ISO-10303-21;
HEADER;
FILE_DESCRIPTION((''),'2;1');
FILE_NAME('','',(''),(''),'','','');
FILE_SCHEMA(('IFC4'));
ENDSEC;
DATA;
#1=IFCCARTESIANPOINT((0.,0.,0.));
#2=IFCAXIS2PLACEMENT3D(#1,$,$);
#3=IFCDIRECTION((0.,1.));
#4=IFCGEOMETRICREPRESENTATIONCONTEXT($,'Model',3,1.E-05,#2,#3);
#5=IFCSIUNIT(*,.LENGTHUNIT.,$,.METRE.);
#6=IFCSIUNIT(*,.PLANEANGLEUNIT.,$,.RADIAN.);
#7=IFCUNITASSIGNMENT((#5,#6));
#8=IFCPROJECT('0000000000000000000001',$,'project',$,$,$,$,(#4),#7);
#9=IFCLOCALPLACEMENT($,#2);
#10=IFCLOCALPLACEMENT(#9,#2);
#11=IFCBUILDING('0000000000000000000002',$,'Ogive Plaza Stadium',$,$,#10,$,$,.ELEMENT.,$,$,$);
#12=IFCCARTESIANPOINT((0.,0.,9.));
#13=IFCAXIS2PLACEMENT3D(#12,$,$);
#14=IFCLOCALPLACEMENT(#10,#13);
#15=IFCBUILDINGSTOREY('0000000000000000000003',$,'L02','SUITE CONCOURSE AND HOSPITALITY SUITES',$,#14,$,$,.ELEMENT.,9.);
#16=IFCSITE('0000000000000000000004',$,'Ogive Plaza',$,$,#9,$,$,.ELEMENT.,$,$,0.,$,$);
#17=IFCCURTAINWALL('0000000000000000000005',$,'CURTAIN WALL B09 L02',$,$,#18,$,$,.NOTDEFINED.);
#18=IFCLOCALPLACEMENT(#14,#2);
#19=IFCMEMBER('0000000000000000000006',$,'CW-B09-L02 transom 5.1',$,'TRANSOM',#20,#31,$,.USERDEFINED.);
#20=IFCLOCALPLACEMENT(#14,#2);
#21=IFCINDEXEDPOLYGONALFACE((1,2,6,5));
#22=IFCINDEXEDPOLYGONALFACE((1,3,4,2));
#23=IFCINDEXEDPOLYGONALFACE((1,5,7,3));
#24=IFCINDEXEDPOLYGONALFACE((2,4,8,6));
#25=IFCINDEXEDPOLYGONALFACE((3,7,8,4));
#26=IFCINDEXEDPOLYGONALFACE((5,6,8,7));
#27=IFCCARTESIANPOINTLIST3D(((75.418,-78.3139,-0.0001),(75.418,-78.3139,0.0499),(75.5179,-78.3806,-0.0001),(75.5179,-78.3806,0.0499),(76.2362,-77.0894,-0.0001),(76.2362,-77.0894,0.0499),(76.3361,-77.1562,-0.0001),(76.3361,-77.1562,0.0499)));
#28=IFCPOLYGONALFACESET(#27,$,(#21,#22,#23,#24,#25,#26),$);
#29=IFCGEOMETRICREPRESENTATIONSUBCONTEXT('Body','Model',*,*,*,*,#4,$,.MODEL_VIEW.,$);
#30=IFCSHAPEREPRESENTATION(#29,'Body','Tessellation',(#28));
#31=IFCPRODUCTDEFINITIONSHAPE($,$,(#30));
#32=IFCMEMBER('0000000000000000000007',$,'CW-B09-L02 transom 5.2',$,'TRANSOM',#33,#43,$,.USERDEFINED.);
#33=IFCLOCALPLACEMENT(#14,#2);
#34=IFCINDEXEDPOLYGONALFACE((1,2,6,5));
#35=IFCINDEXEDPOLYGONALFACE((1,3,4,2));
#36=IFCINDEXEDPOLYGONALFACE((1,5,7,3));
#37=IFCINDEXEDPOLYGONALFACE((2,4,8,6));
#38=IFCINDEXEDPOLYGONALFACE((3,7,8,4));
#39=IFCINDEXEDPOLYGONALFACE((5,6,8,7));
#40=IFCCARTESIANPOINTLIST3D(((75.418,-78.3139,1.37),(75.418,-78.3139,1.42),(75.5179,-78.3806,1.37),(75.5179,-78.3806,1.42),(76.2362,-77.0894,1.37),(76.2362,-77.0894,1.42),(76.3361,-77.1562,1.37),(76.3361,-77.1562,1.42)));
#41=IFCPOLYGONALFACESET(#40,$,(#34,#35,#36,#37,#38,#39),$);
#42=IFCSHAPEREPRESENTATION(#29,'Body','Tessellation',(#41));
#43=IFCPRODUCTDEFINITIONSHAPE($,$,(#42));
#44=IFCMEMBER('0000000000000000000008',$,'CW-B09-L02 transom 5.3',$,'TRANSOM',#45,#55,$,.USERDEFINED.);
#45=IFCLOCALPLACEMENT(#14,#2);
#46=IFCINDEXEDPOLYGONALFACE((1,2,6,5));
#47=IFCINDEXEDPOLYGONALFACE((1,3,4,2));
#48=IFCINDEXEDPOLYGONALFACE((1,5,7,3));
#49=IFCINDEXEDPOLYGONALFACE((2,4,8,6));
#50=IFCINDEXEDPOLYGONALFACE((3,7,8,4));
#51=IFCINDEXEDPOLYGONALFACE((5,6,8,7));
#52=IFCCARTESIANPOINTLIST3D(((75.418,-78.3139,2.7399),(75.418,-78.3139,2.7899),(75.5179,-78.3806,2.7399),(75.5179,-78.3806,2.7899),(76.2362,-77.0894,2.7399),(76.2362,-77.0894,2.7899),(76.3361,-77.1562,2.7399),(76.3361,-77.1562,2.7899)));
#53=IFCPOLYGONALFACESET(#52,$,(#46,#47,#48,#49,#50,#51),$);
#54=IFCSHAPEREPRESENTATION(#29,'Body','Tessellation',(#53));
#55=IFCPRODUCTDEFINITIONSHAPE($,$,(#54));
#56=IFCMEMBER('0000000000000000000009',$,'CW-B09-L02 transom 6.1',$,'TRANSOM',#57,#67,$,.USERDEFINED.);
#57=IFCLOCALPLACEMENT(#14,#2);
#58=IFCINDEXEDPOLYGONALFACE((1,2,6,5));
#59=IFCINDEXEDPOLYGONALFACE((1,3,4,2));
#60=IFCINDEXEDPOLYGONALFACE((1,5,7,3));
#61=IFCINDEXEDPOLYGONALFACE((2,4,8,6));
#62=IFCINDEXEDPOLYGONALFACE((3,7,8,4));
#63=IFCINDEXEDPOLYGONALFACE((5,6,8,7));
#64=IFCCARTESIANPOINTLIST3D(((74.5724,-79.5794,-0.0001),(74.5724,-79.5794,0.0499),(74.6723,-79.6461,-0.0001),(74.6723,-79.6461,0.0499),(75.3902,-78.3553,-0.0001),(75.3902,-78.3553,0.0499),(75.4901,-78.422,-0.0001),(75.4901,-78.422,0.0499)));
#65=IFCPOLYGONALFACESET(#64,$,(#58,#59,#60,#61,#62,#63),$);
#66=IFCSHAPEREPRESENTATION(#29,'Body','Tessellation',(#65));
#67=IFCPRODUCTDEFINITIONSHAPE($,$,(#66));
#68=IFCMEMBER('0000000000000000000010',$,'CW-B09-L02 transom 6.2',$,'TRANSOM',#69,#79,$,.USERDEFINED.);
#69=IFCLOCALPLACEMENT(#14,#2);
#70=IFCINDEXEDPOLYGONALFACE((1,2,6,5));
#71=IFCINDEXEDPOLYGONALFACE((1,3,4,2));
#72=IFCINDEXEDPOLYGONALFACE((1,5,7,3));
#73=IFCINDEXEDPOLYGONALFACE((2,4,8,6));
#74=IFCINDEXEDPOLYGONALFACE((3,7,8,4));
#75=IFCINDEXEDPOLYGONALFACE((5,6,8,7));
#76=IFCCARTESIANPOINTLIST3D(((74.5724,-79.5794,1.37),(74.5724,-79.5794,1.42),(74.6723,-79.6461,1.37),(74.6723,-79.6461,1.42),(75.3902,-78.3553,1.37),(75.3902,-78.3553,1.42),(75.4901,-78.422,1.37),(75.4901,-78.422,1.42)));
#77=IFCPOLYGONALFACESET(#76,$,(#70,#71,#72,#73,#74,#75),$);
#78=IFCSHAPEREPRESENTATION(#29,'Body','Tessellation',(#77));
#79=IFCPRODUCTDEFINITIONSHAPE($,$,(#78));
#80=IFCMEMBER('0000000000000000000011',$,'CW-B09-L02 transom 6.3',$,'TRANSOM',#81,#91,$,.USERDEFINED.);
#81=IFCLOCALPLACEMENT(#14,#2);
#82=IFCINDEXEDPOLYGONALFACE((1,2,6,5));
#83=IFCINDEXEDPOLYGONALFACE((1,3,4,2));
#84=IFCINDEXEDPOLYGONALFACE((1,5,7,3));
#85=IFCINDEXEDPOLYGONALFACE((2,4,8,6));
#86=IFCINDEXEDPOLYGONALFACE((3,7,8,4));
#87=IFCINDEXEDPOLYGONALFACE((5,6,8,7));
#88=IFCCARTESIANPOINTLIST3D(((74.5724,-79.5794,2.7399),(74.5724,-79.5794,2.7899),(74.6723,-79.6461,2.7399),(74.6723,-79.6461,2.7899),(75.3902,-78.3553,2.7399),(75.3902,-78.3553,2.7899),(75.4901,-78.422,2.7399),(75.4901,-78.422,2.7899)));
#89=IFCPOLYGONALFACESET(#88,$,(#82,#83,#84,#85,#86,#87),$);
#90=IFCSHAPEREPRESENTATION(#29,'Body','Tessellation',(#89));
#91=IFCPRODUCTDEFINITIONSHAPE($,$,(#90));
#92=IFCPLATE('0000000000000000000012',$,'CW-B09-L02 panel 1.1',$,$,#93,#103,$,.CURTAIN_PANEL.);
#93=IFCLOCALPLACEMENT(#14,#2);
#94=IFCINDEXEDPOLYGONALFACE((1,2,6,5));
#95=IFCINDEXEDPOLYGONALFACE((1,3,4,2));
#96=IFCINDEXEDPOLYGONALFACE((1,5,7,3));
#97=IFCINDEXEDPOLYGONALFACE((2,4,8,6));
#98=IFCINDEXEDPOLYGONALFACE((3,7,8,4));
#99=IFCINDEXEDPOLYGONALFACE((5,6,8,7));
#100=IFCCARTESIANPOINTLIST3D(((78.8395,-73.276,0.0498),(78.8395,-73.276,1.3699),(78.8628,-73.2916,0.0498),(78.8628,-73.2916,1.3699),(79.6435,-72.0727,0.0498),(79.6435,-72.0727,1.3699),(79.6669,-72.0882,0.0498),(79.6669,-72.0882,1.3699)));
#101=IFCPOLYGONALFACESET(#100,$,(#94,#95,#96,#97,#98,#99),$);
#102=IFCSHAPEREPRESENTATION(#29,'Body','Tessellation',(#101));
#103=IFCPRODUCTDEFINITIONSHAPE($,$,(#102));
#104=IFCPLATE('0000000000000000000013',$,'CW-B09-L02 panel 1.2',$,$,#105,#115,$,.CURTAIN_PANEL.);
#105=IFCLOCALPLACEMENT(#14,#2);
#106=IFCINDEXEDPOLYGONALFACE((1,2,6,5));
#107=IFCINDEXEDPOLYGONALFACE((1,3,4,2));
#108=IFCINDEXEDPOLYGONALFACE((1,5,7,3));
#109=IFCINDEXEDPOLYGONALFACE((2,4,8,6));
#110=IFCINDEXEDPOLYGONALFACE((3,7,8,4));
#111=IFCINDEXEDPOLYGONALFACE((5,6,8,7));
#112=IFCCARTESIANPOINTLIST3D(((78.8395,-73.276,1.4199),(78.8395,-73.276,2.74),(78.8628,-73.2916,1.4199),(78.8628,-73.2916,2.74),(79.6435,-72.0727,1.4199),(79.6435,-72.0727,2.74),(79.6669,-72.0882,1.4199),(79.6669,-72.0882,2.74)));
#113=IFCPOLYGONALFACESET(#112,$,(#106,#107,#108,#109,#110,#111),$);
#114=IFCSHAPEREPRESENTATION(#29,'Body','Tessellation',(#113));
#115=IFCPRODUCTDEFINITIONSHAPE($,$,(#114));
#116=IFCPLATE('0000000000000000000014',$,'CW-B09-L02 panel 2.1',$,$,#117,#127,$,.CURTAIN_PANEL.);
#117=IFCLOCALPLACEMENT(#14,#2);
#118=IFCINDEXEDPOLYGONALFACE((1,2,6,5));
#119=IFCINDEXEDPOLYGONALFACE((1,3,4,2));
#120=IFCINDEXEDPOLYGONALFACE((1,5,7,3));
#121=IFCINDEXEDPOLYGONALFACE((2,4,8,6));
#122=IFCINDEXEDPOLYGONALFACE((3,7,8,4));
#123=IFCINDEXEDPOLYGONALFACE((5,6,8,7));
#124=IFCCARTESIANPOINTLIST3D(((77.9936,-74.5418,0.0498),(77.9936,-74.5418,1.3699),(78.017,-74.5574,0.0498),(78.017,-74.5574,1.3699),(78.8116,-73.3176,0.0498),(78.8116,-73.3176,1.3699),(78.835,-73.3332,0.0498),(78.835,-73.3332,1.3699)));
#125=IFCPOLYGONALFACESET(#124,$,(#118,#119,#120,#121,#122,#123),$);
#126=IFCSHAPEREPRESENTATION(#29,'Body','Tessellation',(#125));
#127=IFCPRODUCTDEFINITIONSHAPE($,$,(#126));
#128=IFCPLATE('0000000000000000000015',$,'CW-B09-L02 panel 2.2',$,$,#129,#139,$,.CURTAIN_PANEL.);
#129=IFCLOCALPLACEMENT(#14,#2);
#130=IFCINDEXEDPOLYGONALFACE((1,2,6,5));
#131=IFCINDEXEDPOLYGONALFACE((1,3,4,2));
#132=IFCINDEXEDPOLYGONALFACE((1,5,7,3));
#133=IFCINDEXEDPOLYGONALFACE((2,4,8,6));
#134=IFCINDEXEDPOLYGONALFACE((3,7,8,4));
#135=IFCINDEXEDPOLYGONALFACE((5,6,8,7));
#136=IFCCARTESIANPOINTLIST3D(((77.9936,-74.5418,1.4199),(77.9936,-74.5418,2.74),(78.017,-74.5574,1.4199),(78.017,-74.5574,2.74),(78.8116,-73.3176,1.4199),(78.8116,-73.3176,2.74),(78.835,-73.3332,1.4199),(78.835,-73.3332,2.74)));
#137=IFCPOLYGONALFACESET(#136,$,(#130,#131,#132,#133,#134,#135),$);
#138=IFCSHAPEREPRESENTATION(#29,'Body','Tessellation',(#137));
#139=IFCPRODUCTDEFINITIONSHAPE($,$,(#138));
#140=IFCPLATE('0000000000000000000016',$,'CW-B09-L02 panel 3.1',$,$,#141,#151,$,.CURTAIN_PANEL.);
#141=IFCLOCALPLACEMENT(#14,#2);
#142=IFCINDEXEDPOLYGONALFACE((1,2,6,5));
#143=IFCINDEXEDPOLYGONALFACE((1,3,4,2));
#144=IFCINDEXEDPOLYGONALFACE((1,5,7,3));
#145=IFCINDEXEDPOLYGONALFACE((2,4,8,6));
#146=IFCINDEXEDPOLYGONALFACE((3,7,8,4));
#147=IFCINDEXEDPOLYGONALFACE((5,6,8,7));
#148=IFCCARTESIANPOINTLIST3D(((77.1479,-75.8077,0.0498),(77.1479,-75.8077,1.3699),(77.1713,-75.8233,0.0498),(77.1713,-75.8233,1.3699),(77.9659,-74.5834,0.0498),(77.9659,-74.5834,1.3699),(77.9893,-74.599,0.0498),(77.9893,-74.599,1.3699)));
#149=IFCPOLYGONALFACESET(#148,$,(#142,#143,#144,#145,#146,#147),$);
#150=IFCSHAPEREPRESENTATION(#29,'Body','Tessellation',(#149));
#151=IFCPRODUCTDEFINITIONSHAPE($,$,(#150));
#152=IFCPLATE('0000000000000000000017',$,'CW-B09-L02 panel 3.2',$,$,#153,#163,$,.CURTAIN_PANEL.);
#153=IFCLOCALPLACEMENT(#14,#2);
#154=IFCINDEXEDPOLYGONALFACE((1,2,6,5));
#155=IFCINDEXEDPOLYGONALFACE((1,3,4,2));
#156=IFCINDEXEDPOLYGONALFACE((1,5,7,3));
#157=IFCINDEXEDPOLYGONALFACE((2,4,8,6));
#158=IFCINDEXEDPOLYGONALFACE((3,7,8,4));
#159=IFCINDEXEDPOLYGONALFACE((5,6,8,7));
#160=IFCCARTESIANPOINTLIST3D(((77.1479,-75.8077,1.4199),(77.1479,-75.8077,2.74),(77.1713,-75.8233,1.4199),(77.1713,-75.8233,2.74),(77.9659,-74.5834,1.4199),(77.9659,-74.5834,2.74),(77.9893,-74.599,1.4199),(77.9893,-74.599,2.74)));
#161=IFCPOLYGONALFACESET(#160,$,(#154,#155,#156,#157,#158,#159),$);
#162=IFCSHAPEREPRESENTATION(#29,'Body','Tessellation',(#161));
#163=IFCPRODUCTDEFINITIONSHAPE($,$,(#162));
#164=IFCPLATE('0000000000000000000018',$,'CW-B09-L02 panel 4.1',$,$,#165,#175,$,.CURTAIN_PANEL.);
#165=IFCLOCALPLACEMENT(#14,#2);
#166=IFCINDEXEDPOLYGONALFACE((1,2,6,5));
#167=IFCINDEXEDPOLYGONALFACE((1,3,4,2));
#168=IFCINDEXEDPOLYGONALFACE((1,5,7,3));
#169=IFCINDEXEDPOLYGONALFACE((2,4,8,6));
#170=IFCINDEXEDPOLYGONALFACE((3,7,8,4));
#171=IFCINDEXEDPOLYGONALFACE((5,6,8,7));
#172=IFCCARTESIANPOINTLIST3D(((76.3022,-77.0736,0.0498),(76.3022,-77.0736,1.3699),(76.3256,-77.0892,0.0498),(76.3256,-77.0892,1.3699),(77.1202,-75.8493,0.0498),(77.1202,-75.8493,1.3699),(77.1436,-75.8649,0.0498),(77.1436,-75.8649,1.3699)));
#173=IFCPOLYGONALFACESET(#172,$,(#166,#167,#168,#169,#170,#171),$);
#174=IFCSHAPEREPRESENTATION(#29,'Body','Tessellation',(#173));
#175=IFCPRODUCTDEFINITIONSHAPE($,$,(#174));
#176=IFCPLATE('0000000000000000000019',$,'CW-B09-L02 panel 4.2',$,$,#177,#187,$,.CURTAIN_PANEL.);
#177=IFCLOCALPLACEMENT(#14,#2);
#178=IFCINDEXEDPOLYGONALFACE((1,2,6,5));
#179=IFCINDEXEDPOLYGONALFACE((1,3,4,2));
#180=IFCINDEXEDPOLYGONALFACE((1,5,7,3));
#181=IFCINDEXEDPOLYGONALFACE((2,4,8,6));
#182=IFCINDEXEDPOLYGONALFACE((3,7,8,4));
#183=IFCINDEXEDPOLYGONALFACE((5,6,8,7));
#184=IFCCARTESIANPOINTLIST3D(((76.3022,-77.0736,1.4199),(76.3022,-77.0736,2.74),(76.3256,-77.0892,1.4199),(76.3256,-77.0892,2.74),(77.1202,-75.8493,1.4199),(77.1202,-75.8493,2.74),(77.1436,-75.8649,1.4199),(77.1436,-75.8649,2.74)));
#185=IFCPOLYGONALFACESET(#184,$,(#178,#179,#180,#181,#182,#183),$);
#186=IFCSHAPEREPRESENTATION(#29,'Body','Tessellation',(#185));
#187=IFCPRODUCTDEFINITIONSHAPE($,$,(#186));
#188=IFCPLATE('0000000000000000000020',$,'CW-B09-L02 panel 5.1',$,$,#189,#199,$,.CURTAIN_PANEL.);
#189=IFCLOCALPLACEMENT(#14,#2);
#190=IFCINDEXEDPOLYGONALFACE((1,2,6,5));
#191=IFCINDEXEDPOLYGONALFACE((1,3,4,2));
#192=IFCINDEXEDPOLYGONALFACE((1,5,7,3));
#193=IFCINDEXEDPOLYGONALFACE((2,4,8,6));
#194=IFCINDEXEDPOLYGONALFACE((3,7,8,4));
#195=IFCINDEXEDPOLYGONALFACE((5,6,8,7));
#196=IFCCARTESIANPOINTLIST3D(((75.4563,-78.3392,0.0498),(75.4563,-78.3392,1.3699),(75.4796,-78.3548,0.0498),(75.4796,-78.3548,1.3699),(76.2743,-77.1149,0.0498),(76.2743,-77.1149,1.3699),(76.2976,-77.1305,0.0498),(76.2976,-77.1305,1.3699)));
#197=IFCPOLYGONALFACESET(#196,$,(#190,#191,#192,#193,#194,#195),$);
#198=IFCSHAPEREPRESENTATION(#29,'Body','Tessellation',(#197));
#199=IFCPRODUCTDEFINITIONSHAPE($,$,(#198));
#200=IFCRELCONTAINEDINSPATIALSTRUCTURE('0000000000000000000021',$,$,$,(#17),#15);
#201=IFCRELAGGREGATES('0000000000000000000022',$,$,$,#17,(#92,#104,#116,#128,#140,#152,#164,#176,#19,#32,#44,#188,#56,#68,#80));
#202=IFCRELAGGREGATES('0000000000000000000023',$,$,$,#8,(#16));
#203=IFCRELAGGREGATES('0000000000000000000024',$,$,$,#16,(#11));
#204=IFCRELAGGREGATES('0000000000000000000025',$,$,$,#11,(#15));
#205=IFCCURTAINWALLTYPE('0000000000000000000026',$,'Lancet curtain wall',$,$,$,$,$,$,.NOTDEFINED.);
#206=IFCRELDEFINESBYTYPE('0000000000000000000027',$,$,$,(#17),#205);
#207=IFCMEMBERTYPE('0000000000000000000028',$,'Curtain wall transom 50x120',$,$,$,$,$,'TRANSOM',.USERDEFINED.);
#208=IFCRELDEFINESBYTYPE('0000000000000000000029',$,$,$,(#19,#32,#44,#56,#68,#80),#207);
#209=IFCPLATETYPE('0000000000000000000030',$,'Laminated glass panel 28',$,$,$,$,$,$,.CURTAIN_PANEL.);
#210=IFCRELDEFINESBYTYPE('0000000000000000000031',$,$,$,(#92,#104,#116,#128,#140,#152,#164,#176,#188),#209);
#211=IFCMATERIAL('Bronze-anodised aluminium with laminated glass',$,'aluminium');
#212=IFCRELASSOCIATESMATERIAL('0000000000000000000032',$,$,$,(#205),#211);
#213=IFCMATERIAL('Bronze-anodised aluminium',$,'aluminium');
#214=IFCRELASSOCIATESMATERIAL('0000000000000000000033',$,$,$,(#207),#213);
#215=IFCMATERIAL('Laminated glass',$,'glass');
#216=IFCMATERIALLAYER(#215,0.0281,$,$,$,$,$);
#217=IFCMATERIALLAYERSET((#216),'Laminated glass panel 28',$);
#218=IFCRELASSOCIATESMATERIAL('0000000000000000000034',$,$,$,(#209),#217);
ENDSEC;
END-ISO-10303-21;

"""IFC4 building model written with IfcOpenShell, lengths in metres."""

from ifc_helpers import new_model, si_unit, direction, frame, origin, origin_2d, place, context, subcontext, project, spatial, rectangle, extrude, material, layer, layer_set, material_profile, profile_set, type_object, element, aggregate, save


model = new_model("IFC4")

# Units and contexts
model_context = context("Model", 3, precision=1e-05, world=origin(), true_north=direction((0.0, 1.0)))
body_context = subcontext(model_context, "Body", "Model", "MODEL_VIEW")
ifc_project = project(units=[si_unit("LENGTHUNIT", "METRE"), si_unit("PLANEANGLEUNIT", "RADIAN")], contexts=[model_context])

# Site, building, storey
site_placement = place(None, origin())
site = spatial("IfcSite", under=ifc_project, at=site_placement, Name="Ogive Plaza", CompositionType="ELEMENT", RefElevation=0.0)
building_placement = place(site_placement, origin())
building = spatial("IfcBuilding", under=site, at=building_placement, Name="Ogive Plaza Stadium", CompositionType="ELEMENT")
storey_placement = place(building_placement, frame((0.0, 0.0, 9.0)))
storey = spatial("IfcBuildingStorey", under=building, at=storey_placement, Name="L02", Description="SUITE CONCOURSE AND HOSPITALITY SUITES", CompositionType="ELEMENT", Elevation=9.0)

# Curtain wall, members, plates
ifc_material_1 = material(Name="Bronze-anodised aluminium with laminated glass", Category="aluminium")
curtain_wall_type = type_object("IfcCurtainWallType", Name="Lancet curtain wall", PredefinedType="NOTDEFINED", material=ifc_material_1)
curtain_wall_placement = place(storey_placement, origin())
curtain_wall = element("IfcCurtainWall", 1, at=curtain_wall_placement, inside=storey, type_object=curtain_wall_type, Name="CURTAIN WALL B09 L02", PredefinedType="NOTDEFINED")
ifc_material_2 = material(Name="Bronze-anodised aluminium", Category="aluminium")
ifc_material_profile_1 = material_profile(ifc_material_2, rectangle(XDim=0.1201, YDim=0.05, at=origin_2d()), Name="AL 120x50")
ifc_profile_set_1 = profile_set([ifc_material_profile_1], Name="Bronze-anodised aluminium")
member_type_1 = type_object("IfcMemberType", Name="Curtain wall transom 50x120", ElementType="TRANSOM", PredefinedType="USERDEFINED", material=ifc_profile_set_1)
member_1_placement = place(storey_placement, frame((76.2861, -77.1228, 0.0249), z_axis=(-0.55558, -0.831463, 0.0), x_axis=(0.831463, -0.55558, 0.0)))
member_1 = element("IfcMember", 2, at=member_1_placement, type_object=member_type_1, Name="CW-B09-L02 transom 5.1", ObjectType="TRANSOM", PredefinedType="USERDEFINED", context=body_context, shape_type="SweptSolid", body=[
    extrude(rectangle(XDim=0.1201, YDim=0.05, at=origin_2d()), origin(), (0.0, 0.0, 1.0), 1.4727),
])
member_2_placement = place(storey_placement, frame((76.2861, -77.1228, 1.395), z_axis=(-0.55558, -0.831463, 0.0), x_axis=(0.831463, -0.55558, 0.0)))
member_2 = element("IfcMember", 3, at=member_2_placement, type_object=member_type_1, Name="CW-B09-L02 transom 5.2", ObjectType="TRANSOM", PredefinedType="USERDEFINED", context=body_context, shape_type="SweptSolid", body=[
    extrude(rectangle(XDim=0.1201, YDim=0.05, at=origin_2d()), origin(), (0.0, 0.0, 1.0), 1.4727),
])
member_3_placement = place(storey_placement, frame((76.2861, -77.1228, 2.7649), z_axis=(-0.55558, -0.831463, 0.0), x_axis=(0.831463, -0.55558, 0.0)))
member_3 = element("IfcMember", 4, at=member_3_placement, type_object=member_type_1, Name="CW-B09-L02 transom 5.3", ObjectType="TRANSOM", PredefinedType="USERDEFINED", context=body_context, shape_type="SweptSolid", body=[
    extrude(rectangle(XDim=0.1201, YDim=0.05, at=origin_2d()), origin(), (0.0, 0.0, 1.0), 1.4727),
])
member_4_placement = place(storey_placement, frame((75.4402, -78.3887, 0.0249), z_axis=(-0.555542, -0.831489, 0.0), x_axis=(0.831489, -0.555542, 0.0)))
member_4 = element("IfcMember", 5, at=member_4_placement, type_object=member_type_1, Name="CW-B09-L02 transom 6.1", ObjectType="TRANSOM", PredefinedType="USERDEFINED", context=body_context, shape_type="SweptSolid", body=[
    extrude(rectangle(XDim=0.1201, YDim=0.05, at=origin_2d()), origin(), (0.0, 0.0, 1.0), 1.4722),
])
member_5_placement = place(storey_placement, frame((75.4402, -78.3887, 1.395), z_axis=(-0.555542, -0.831489, 0.0), x_axis=(0.831489, -0.555542, 0.0)))
member_5 = element("IfcMember", 6, at=member_5_placement, type_object=member_type_1, Name="CW-B09-L02 transom 6.2", ObjectType="TRANSOM", PredefinedType="USERDEFINED", context=body_context, shape_type="SweptSolid", body=[
    extrude(rectangle(XDim=0.1201, YDim=0.05, at=origin_2d()), origin(), (0.0, 0.0, 1.0), 1.4722),
])
member_6_placement = place(storey_placement, frame((75.4402, -78.3887, 2.7649), z_axis=(-0.555542, -0.831489, 0.0), x_axis=(0.831489, -0.555542, 0.0)))
member_6 = element("IfcMember", 7, at=member_6_placement, type_object=member_type_1, Name="CW-B09-L02 transom 6.3", ObjectType="TRANSOM", PredefinedType="USERDEFINED", context=body_context, shape_type="SweptSolid", body=[
    extrude(rectangle(XDim=0.1201, YDim=0.05, at=origin_2d()), origin(), (0.0, 0.0, 1.0), 1.4722),
])
ifc_material_3 = material(Name="Laminated glass", Category="glass")
ifc_layer_1 = layer(ifc_material_3, 0.0281)
ifc_layer_set_1 = layer_set([ifc_layer_1], Name="Laminated glass panel 28")
plate_type = type_object("IfcPlateType", Name="Laminated glass panel 28", PredefinedType="CURTAIN_PANEL", material=ifc_layer_set_1)
plate_1_placement = place(storey_placement, frame((79.2532, -72.6821, 0.0498), z_axis=(0.0, 0.0, 1.0), x_axis=(-0.55557, -0.83147, 0.0)))
plate_1 = element("IfcPlate", 8, at=plate_1_placement, type_object=plate_type, Name="CW-B09-L02 panel 1.1", PredefinedType="CURTAIN_PANEL", context=body_context, shape_type="SweptSolid", body=[
    extrude(rectangle(XDim=1.4473, YDim=0.0281, at=origin_2d()), origin(), (0.0, 0.0, 1.0), 1.3201),
])
plate_2_placement = place(storey_placement, frame((79.2532, -72.6821, 1.4199), z_axis=(0.0, 0.0, 1.0), x_axis=(-0.55557, -0.83147, 0.0)))
plate_2 = element("IfcPlate", 9, at=plate_2_placement, type_object=plate_type, Name="CW-B09-L02 panel 1.2", PredefinedType="CURTAIN_PANEL", context=body_context, shape_type="SweptSolid", body=[
    extrude(rectangle(XDim=1.4473, YDim=0.0281, at=origin_2d()), origin(), (0.0, 0.0, 1.0), 1.3201),
])
plate_3_placement = place(storey_placement, frame((78.4143, -73.9375, 0.0498), z_axis=(0.0, 0.0, 1.0), x_axis=(-0.55557, -0.83147, 0.0)))
plate_3 = element("IfcPlate", 10, at=plate_3_placement, type_object=plate_type, Name="CW-B09-L02 panel 2.1", PredefinedType="CURTAIN_PANEL", context=body_context, shape_type="SweptSolid", body=[
    extrude(rectangle(XDim=1.4724, YDim=0.0281, at=origin_2d()), origin(), (0.0, 0.0, 1.0), 1.3201),
])
plate_4_placement = place(storey_placement, frame((78.4143, -73.9375, 1.4199), z_axis=(0.0, 0.0, 1.0), x_axis=(-0.55557, -0.83147, 0.0)))
plate_4 = element("IfcPlate", 11, at=plate_4_placement, type_object=plate_type, Name="CW-B09-L02 panel 2.2", PredefinedType="CURTAIN_PANEL", context=body_context, shape_type="SweptSolid", body=[
    extrude(rectangle(XDim=1.4724, YDim=0.0281, at=origin_2d()), origin(), (0.0, 0.0, 1.0), 1.3201),
])
plate_5_placement = place(storey_placement, frame((77.5686, -75.2034, 0.0498), z_axis=(0.0, 0.0, 1.0), x_axis=(-0.55557, -0.83147, 0.0)))
plate_5 = element("IfcPlate", 12, at=plate_5_placement, type_object=plate_type, Name="CW-B09-L02 panel 3.1", PredefinedType="CURTAIN_PANEL", context=body_context, shape_type="SweptSolid", body=[
    extrude(rectangle(XDim=1.4724, YDim=0.0281, at=origin_2d()), origin(), (0.0, 0.0, 1.0), 1.3201),
])
plate_6_placement = place(storey_placement, frame((77.5686, -75.2034, 1.4199), z_axis=(0.0, 0.0, 1.0), x_axis=(-0.55557, -0.83147, 0.0)))
plate_6 = element("IfcPlate", 13, at=plate_6_placement, type_object=plate_type, Name="CW-B09-L02 panel 3.2", PredefinedType="CURTAIN_PANEL", context=body_context, shape_type="SweptSolid", body=[
    extrude(rectangle(XDim=1.4724, YDim=0.0281, at=origin_2d()), origin(), (0.0, 0.0, 1.0), 1.3201),
])
plate_7_placement = place(storey_placement, frame((76.7229, -76.4692, 0.0498), z_axis=(0.0, 0.0, 1.0), x_axis=(-0.55557, -0.83147, 0.0)))
plate_7 = element("IfcPlate", 14, at=plate_7_placement, type_object=plate_type, Name="CW-B09-L02 panel 4.1", PredefinedType="CURTAIN_PANEL", context=body_context, shape_type="SweptSolid", body=[
    extrude(rectangle(XDim=1.4724, YDim=0.0281, at=origin_2d()), origin(), (0.0, 0.0, 1.0), 1.3201),
])
plate_8_placement = place(storey_placement, frame((76.7229, -76.4692, 1.4199), z_axis=(0.0, 0.0, 1.0), x_axis=(-0.55557, -0.83147, 0.0)))
plate_8 = element("IfcPlate", 15, at=plate_8_placement, type_object=plate_type, Name="CW-B09-L02 panel 4.2", PredefinedType="CURTAIN_PANEL", context=body_context, shape_type="SweptSolid", body=[
    extrude(rectangle(XDim=1.4724, YDim=0.0281, at=origin_2d()), origin(), (0.0, 0.0, 1.0), 1.3201),
])
plate_9_placement = place(storey_placement, frame((75.877, -77.7349, 0.0498), z_axis=(0.0, 0.0, 1.0), x_axis=(-0.55557, -0.83147, 0.0)))
plate_9 = element("IfcPlate", 16, at=plate_9_placement, type_object=plate_type, Name="CW-B09-L02 panel 5.1", PredefinedType="CURTAIN_PANEL", context=body_context, shape_type="SweptSolid", body=[
    extrude(rectangle(XDim=1.4724, YDim=0.0281, at=origin_2d()), origin(), (0.0, 0.0, 1.0), 1.3201),
])
aggregate(curtain_wall, [plate_1, plate_2, plate_3, plate_4, plate_5, plate_6, plate_7, plate_8, member_1, member_2, member_3, plate_9, member_4, member_5, member_6])

save(model, "model.ifc")
